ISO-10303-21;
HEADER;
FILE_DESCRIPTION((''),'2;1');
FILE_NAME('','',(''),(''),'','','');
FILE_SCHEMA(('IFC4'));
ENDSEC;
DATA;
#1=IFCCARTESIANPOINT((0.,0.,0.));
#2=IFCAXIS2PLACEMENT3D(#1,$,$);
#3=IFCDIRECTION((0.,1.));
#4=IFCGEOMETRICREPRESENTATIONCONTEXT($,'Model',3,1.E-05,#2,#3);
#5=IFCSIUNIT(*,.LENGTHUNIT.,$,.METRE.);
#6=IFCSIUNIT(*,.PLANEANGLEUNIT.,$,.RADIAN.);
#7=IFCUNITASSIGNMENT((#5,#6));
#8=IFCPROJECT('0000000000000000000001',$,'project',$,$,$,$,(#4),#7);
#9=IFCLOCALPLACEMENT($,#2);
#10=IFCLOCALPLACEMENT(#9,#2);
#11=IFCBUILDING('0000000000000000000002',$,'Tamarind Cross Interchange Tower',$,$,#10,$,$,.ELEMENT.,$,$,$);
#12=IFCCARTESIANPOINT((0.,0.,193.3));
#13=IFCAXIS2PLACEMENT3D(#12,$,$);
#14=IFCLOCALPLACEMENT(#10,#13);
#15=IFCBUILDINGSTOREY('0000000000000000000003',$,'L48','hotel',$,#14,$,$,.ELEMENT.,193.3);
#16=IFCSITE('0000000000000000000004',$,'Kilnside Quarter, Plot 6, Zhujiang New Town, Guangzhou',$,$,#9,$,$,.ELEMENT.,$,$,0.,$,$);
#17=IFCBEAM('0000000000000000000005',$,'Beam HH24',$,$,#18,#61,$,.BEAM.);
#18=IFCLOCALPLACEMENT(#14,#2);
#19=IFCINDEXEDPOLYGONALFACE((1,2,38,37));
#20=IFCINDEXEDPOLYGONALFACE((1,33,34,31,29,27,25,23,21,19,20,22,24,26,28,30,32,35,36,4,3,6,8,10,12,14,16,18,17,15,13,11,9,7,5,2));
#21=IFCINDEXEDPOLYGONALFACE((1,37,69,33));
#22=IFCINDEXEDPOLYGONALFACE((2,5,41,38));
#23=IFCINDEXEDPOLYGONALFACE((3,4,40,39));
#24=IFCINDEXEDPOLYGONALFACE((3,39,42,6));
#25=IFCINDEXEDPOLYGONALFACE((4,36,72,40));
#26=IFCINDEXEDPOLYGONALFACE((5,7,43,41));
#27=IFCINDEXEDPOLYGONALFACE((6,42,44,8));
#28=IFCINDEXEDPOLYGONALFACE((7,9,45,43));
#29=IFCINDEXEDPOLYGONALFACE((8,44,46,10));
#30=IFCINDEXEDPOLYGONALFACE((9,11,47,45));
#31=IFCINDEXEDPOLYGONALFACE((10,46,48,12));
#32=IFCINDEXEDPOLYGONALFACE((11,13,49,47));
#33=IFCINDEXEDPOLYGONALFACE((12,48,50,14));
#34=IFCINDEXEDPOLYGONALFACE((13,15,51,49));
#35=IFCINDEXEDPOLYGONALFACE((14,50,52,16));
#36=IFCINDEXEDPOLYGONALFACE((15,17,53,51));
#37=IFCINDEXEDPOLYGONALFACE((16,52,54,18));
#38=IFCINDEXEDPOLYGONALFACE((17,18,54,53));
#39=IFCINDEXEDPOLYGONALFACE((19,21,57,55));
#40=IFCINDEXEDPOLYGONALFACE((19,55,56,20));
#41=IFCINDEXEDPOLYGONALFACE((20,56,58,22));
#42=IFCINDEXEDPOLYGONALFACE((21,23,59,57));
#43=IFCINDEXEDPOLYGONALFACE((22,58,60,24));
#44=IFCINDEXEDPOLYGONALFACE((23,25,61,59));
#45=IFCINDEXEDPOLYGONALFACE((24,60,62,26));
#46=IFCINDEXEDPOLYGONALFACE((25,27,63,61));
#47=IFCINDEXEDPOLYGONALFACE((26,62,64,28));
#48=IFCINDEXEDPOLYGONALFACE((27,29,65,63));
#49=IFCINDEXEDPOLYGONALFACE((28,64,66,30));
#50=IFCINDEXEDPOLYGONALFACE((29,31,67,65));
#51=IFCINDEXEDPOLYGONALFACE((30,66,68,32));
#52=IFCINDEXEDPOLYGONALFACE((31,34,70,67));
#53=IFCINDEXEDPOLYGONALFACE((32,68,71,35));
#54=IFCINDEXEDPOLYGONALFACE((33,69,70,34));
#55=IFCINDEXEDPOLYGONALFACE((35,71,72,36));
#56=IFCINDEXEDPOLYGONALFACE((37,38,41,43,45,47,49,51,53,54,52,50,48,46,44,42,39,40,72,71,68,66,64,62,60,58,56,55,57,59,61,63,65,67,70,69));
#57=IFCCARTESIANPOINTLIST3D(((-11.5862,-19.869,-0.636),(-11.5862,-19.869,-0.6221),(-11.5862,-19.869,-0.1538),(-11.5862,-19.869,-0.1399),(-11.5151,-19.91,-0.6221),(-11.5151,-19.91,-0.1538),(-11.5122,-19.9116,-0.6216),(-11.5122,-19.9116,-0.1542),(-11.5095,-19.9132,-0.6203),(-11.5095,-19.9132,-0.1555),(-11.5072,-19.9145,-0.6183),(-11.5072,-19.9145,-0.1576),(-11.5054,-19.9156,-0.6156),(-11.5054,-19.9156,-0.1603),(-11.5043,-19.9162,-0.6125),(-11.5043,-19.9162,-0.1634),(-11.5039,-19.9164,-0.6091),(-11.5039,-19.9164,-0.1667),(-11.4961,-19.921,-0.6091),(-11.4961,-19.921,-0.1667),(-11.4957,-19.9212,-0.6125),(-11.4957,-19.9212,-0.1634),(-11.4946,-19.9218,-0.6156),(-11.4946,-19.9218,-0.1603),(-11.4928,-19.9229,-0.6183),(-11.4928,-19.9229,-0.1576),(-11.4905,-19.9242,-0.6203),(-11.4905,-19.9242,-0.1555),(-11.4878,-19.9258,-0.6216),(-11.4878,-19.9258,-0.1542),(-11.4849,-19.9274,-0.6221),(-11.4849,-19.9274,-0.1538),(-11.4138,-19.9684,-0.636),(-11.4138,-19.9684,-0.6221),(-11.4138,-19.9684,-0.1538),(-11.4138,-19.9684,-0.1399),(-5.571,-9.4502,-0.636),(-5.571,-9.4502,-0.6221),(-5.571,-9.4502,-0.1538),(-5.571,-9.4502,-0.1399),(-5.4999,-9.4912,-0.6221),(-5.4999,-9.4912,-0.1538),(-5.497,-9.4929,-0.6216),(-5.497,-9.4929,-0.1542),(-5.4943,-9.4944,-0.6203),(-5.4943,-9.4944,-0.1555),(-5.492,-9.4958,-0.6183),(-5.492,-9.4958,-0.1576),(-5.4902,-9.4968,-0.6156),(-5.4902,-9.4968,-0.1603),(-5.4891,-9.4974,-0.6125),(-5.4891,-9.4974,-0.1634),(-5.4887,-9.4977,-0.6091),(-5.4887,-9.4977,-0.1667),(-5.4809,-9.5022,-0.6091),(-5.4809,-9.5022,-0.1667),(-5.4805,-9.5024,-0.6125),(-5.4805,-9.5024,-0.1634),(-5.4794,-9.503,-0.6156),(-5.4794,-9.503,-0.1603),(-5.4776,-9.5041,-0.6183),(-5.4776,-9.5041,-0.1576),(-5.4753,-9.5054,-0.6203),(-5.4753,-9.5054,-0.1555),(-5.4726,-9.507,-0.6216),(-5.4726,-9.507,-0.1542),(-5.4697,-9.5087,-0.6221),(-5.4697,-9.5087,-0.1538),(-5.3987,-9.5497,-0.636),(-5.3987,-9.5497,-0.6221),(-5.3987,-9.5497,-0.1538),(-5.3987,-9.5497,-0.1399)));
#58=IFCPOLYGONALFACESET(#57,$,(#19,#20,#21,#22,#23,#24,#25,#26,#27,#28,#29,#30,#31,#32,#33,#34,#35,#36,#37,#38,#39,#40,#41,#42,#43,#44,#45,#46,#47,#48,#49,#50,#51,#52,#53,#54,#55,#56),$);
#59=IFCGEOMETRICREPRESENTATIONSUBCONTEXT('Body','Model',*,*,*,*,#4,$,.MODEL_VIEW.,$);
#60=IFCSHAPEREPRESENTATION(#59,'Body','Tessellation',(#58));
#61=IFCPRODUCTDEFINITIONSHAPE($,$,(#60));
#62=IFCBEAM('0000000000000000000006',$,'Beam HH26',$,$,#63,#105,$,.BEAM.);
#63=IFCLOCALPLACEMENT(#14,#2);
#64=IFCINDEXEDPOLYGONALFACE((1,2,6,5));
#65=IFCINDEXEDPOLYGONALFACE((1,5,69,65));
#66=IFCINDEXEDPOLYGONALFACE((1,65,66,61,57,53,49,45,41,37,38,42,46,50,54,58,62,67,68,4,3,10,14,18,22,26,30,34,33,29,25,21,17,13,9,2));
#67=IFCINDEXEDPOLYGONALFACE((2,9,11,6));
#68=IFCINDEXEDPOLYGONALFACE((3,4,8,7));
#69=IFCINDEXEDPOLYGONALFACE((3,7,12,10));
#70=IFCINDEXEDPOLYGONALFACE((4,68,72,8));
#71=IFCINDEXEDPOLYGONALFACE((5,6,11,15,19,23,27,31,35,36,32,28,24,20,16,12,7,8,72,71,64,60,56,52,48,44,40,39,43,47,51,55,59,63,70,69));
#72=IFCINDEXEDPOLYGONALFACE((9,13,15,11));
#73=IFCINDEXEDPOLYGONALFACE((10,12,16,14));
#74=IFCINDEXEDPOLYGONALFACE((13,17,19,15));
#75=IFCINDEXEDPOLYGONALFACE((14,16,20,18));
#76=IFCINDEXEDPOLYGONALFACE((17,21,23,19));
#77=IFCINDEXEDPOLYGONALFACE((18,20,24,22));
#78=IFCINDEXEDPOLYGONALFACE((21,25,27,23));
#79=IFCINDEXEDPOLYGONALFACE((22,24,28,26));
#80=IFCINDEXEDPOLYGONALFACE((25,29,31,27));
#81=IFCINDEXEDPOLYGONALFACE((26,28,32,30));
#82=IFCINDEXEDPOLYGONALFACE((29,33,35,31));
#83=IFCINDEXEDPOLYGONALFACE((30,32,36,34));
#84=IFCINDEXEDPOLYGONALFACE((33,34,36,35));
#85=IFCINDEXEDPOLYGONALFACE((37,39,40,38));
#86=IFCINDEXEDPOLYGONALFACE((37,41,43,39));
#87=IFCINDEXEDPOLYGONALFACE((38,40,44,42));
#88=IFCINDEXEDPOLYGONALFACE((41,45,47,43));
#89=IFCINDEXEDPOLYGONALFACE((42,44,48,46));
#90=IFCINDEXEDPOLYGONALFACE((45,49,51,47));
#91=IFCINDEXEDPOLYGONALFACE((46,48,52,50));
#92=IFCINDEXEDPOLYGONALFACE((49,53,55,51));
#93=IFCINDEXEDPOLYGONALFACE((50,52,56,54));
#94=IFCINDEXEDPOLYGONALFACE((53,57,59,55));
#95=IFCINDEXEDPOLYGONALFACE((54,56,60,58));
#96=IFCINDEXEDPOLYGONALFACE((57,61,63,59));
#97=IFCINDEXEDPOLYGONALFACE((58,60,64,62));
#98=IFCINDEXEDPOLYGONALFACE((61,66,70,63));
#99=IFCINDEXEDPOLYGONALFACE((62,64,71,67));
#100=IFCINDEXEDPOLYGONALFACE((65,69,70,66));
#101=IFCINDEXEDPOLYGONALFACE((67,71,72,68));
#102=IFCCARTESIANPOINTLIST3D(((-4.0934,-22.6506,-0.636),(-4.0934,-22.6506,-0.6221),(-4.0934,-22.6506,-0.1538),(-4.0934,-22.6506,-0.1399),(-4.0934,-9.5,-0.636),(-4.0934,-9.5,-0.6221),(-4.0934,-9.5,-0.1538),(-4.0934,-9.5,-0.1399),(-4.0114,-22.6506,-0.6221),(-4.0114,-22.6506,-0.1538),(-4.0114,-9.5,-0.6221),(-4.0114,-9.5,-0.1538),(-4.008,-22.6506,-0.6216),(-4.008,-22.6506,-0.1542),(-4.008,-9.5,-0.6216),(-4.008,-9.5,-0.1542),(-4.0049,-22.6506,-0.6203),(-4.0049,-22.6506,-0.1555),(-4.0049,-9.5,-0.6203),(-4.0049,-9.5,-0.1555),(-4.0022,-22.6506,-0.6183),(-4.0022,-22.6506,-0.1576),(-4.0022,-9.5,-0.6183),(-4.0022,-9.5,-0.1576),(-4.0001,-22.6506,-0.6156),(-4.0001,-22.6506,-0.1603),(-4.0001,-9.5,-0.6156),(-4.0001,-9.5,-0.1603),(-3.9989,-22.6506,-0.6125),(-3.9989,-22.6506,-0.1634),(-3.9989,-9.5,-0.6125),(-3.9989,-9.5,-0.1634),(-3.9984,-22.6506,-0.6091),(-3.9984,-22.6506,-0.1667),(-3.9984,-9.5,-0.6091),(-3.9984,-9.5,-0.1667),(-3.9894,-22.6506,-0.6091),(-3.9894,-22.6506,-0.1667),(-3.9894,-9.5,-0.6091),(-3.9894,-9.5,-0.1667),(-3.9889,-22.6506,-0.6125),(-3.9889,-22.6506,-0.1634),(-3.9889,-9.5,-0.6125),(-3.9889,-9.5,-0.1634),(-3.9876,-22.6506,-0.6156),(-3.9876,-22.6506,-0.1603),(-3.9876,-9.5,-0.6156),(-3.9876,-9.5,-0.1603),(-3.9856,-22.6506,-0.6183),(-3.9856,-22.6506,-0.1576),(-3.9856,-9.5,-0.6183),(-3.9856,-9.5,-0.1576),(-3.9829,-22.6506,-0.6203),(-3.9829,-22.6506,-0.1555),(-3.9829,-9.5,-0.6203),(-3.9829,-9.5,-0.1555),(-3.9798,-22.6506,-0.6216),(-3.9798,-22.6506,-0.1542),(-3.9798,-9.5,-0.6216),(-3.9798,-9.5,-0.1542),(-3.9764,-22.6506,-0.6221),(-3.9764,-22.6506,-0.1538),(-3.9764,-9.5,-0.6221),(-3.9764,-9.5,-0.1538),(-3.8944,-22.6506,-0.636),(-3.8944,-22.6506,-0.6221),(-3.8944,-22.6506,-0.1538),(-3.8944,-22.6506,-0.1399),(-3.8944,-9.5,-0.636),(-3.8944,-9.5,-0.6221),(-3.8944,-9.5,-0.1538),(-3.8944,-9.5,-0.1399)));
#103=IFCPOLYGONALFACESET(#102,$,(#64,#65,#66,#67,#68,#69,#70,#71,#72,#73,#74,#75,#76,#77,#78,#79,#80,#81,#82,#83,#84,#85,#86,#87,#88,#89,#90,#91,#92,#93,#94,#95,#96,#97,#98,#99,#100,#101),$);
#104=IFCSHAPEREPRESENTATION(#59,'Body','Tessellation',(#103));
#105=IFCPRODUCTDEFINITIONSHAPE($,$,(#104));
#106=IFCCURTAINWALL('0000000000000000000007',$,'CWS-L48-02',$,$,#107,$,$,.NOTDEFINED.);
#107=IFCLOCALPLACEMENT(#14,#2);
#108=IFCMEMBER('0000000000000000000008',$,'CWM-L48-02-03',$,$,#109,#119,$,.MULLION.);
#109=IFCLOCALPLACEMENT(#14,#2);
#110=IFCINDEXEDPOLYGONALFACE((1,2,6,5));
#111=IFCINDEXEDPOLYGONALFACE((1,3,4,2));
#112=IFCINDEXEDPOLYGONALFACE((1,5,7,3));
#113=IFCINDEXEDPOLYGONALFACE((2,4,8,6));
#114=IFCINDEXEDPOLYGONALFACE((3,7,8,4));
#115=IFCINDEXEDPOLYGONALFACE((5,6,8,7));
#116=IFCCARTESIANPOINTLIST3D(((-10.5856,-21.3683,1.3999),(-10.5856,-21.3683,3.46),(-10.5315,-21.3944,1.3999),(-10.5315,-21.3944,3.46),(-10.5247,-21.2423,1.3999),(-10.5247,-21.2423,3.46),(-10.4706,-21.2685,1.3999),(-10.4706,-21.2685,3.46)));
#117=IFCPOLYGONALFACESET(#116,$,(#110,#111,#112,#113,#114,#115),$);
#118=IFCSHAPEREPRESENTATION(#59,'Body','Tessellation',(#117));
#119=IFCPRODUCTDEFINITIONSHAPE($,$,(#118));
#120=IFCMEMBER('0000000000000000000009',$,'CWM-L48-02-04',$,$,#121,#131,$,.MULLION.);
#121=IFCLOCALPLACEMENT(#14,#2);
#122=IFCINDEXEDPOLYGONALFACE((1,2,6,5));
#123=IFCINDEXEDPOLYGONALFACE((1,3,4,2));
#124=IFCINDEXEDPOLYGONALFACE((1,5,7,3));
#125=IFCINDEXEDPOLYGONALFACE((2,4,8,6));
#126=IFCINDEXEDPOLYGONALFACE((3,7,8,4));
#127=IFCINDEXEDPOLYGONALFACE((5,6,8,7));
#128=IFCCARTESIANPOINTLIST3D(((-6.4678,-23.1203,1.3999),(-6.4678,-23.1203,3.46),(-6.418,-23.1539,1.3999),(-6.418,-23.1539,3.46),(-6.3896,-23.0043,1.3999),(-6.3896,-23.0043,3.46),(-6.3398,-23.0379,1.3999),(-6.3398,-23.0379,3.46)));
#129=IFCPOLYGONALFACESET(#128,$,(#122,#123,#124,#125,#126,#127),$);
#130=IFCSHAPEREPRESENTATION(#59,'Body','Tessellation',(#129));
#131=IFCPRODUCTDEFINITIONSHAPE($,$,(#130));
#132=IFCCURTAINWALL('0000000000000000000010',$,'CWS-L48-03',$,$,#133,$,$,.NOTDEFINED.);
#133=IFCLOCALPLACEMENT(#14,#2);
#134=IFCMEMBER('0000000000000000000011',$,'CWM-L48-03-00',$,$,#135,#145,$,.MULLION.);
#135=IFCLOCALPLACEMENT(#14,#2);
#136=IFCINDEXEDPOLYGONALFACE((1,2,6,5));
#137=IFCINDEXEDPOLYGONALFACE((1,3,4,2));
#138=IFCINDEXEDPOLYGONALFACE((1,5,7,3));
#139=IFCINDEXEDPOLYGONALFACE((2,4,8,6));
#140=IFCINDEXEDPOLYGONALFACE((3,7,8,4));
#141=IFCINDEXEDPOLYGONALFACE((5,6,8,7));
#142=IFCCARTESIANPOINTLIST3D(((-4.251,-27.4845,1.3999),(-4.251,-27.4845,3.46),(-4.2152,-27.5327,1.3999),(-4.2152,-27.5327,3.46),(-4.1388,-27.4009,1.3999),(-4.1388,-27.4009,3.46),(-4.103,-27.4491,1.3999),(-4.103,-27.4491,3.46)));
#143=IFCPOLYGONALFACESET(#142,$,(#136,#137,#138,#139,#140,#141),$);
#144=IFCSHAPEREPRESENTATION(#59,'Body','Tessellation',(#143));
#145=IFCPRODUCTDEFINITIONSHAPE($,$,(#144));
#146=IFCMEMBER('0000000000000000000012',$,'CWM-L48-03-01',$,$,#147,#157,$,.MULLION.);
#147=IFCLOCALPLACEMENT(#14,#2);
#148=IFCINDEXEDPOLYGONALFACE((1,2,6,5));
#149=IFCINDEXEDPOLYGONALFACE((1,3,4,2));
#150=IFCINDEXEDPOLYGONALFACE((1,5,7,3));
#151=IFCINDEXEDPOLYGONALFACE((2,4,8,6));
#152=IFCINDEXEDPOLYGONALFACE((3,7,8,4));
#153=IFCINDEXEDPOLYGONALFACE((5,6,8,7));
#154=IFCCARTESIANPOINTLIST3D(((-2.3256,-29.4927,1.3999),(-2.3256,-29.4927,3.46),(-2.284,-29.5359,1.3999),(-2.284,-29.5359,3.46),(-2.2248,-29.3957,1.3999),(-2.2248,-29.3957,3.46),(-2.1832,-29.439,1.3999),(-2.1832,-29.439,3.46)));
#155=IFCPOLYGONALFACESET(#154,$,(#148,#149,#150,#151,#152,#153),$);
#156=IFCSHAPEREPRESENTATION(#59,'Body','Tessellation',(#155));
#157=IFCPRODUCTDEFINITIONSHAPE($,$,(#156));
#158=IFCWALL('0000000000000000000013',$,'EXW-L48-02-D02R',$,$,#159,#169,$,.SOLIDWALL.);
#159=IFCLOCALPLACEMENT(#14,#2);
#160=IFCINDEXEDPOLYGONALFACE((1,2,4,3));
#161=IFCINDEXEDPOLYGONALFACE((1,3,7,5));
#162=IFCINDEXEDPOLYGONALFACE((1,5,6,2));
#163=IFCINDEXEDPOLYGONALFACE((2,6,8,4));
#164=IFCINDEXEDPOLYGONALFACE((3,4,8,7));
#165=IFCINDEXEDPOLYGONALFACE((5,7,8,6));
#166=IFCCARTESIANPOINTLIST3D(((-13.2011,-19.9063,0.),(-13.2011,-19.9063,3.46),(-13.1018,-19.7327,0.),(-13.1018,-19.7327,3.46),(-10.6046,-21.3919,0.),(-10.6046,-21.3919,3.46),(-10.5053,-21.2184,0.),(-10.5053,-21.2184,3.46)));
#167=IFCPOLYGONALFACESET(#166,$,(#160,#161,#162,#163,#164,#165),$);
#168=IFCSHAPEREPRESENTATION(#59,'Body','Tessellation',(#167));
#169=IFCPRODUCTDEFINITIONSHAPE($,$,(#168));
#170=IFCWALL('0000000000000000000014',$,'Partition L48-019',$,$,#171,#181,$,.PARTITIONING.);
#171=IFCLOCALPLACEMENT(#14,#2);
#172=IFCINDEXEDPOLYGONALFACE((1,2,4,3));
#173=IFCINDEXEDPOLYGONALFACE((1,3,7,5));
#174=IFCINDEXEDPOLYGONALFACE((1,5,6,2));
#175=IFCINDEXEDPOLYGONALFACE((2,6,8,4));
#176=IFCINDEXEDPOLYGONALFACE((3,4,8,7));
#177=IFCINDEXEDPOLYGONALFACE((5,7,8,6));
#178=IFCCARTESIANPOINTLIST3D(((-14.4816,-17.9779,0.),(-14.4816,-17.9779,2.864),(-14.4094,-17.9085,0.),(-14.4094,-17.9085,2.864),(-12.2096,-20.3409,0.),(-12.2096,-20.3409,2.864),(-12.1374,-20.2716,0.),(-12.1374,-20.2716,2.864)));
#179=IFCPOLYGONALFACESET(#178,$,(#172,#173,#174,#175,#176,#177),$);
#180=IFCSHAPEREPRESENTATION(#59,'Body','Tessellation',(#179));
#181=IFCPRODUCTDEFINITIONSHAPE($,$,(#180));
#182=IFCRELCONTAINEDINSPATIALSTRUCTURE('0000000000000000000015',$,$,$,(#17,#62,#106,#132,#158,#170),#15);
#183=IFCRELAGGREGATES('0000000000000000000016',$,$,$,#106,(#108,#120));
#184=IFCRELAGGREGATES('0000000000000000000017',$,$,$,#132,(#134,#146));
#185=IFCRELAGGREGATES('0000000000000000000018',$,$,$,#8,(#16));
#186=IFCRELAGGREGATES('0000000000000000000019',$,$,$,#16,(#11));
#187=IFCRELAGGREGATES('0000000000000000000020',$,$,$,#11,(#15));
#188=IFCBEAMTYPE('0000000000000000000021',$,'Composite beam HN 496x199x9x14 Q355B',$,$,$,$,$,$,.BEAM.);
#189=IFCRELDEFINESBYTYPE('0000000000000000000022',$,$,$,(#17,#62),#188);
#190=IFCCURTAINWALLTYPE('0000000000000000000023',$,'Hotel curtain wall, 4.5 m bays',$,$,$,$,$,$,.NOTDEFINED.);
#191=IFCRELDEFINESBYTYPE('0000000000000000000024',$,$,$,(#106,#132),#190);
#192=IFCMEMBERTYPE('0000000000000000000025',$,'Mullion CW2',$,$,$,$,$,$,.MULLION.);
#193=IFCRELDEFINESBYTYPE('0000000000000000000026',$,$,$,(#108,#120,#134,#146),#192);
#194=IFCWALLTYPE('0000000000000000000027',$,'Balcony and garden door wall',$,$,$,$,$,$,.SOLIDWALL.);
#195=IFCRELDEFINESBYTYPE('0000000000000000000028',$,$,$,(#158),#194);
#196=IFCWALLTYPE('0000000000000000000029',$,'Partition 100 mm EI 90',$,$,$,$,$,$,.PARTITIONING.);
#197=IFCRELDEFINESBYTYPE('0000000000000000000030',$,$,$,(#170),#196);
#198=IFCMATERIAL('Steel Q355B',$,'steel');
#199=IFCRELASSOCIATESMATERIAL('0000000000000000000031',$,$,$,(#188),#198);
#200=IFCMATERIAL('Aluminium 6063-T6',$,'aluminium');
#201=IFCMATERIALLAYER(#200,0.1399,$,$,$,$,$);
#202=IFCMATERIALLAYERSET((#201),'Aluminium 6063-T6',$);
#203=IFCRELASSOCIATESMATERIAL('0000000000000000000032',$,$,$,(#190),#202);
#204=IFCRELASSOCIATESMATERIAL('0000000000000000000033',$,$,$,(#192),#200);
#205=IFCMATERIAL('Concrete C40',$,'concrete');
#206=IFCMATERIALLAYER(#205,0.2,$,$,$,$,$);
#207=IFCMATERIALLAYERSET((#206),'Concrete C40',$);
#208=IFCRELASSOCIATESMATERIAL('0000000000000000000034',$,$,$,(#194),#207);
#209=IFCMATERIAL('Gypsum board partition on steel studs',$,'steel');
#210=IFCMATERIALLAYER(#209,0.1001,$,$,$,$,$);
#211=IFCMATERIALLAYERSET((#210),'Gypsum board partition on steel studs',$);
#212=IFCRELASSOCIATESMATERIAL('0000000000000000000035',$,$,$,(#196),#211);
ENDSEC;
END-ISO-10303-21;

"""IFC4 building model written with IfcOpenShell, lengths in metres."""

from ifc_helpers import new_model, si_unit, direction, frame, frame_2d, origin, origin_2d, place, context, subcontext, project, spatial, rectangle, i_section, extrude, material, layer, layer_set, material_profile, profile_set, type_object, element, aggregate, save


model = new_model("IFC4")

# Units and contexts
model_context = context("Model", 3, precision=1e-05, world=origin(), true_north=direction((0.0, 1.0)))
body_context = subcontext(model_context, "Body", "Model", "MODEL_VIEW")
ifc_project = project(units=[si_unit("LENGTHUNIT", "METRE"), si_unit("PLANEANGLEUNIT", "RADIAN")], contexts=[model_context])

# Site, building, storey
site_placement = place(None, origin())
site = spatial("IfcSite", under=ifc_project, at=site_placement, Name="Kilnside Quarter, Plot 6, Zhujiang New Town, Guangzhou", CompositionType="ELEMENT", RefElevation=0.0)
building_placement = place(site_placement, origin())
building = spatial("IfcBuilding", under=site, at=building_placement, Name="Tamarind Cross Interchange Tower", CompositionType="ELEMENT")
storey_placement = place(building_placement, frame((0.0, 0.0, 193.3)))
storey = spatial("IfcBuildingStorey", under=building, at=storey_placement, Name="L48", Description="hotel", CompositionType="ELEMENT", Elevation=193.3)

# Beams
ifc_material_1 = material(Name="Steel Q355B", Category="steel")
ifc_material_profile_1 = material_profile(ifc_material_1, i_section(OverallWidth=0.199, OverallDepth=0.4961, WebThickness=0.009, FlangeThickness=0.0139, FilletRadius=0.0129, at=origin_2d()), Name="HN 496x199x9x14")
ifc_profile_set_1 = profile_set([ifc_material_profile_1], Name="Steel Q355B")
beam_type = type_object("IfcBeamType", Name="Composite beam HN 496x199x9x14 Q355B", PredefinedType="BEAM", material=ifc_profile_set_1)
beam_1_placement = place(storey_placement, frame((-11.5, -19.9187, -0.3879), z_axis=(0.499994, 0.866029, 0.0), x_axis=(-0.866029, 0.499994, 0.0)))
element("IfcBeam", 1, at=beam_1_placement, inside=storey, type_object=beam_type, Name="Beam HH24", PredefinedType="BEAM", context=body_context, shape_type="SweptSolid", body=[
    extrude(i_section(OverallWidth=0.199, OverallDepth=0.4961, WebThickness=0.009, FlangeThickness=0.0139, FilletRadius=0.0129, at=origin_2d()), origin(), (0.0, 0.0, 1.0), 12.0305),
])
beam_2_placement = place(storey_placement, frame((-3.9939, -22.6506, -0.3879), z_axis=(0.0, 1.0, 0.0), x_axis=(-1.0, 0.0, 0.0)))
element("IfcBeam", 2, at=beam_2_placement, inside=storey, type_object=beam_type, Name="Beam HH26", PredefinedType="BEAM", context=body_context, shape_type="SweptSolid", body=[
    extrude(i_section(OverallWidth=0.199, OverallDepth=0.4961, WebThickness=0.009, FlangeThickness=0.0139, FilletRadius=0.0129, at=origin_2d()), origin(), (0.0, 0.0, 1.0), 13.1506),
])

# Curtain walls, members
ifc_material_2 = material(Name="Aluminium 6063-T6", Category="aluminium")
ifc_layer_1 = layer(ifc_material_2, 0.1399)
ifc_layer_set_1 = layer_set([ifc_layer_1], Name="Aluminium 6063-T6")
curtain_wall_type = type_object("IfcCurtainWallType", Name="Hotel curtain wall, 4.5 m bays", PredefinedType="NOTDEFINED", material=ifc_layer_set_1)
curtain_wall_1_placement = place(storey_placement, origin())
curtain_wall_1 = element("IfcCurtainWall", 3, at=curtain_wall_1_placement, inside=storey, type_object=curtain_wall_type, Name="CWS-L48-02", PredefinedType="NOTDEFINED")
ifc_material_profile_2 = material_profile(ifc_material_2, rectangle(XDim=0.0601, YDim=0.1399, at=origin_2d()), Name="Mullion CW2")
ifc_profile_set_2 = profile_set([ifc_material_profile_2], Name="Aluminium 6063-T6")
member_type = type_object("IfcMemberType", Name="Mullion CW2", PredefinedType="MULLION", material=ifc_profile_set_2)
member_1_placement = place(storey_placement, frame((-10.5281, -21.3184, 1.3999), z_axis=(0.0, 0.0, 1.0), x_axis=(0.900273, -0.435326, 0.0)))
member_1 = element("IfcMember", 4, at=member_1_placement, type_object=member_type, Name="CWM-L48-02-03", PredefinedType="MULLION", context=body_context, shape_type="SweptSolid", body=[
    extrude(rectangle(XDim=0.0601, YDim=0.1399, at=origin_2d()), origin(), (0.0, 0.0, 1.0), 2.0601),
])
member_2_placement = place(storey_placement, frame((-6.4038, -23.0791, 1.3999), z_axis=(0.0, 0.0, 1.0), x_axis=(0.829016, -0.559225, 0.0)))
member_2 = element("IfcMember", 5, at=member_2_placement, type_object=member_type, Name="CWM-L48-02-04", PredefinedType="MULLION", context=body_context, shape_type="SweptSolid", body=[
    extrude(rectangle(XDim=0.0601, YDim=0.1399, at=origin_2d()), origin(), (0.0, 0.0, 1.0), 2.0601),
])
aggregate(curtain_wall_1, [member_1, member_2])
curtain_wall_2_placement = place(storey_placement, origin())
curtain_wall_2 = element("IfcCurtainWall", 6, at=curtain_wall_2_placement, inside=storey, type_object=curtain_wall_type, Name="CWS-L48-03", PredefinedType="NOTDEFINED")
member_3_placement = place(storey_placement, frame((-4.177, -27.4668, 1.3999), z_axis=(0.0, 0.0, 1.0), x_axis=(0.597408, -0.801937, 0.0)))
member_3 = element("IfcMember", 7, at=member_3_placement, type_object=member_type, Name="CWM-L48-03-00", PredefinedType="MULLION", context=body_context, shape_type="SweptSolid", body=[
    extrude(rectangle(XDim=0.0601, YDim=0.1399, at=origin_2d()), origin(), (0.0, 0.0, 1.0), 2.0601),
])
member_4_placement = place(storey_placement, frame((-2.2544, -29.4658, 1.3999), z_axis=(0.0, 0.0, 1.0), x_axis=(0.69317, -0.720774, 0.0)))
member_4 = element("IfcMember", 8, at=member_4_placement, type_object=member_type, Name="CWM-L48-03-01", PredefinedType="MULLION", context=body_context, shape_type="SweptSolid", body=[
    extrude(rectangle(XDim=0.0601, YDim=0.1399, at=origin_2d()), origin(), (0.0, 0.0, 1.0), 2.0601),
])
aggregate(curtain_wall_2, [member_3, member_4])

# Wall
ifc_material_3 = material(Name="Concrete C40", Category="concrete")
ifc_layer_2 = layer(ifc_material_3, 0.2)
ifc_layer_set_2 = layer_set([ifc_layer_2], Name="Concrete C40")
wall_type_1 = type_object("IfcWallType", Name="Balcony and garden door wall", PredefinedType="SOLIDWALL", material=ifc_layer_set_2)
wall_1_placement = place(storey_placement, frame((-13.1514, -19.8196, 0.0), z_axis=(0.0, 0.0, 1.0), x_axis=(0.867967, -0.496622, 0.0)))
element("IfcWall", 9, at=wall_1_placement, inside=storey, type_object=wall_type_1, Name="EXW-L48-02-D02R", PredefinedType="SOLIDWALL", context=body_context, shape_type="SweptSolid", body=[
    extrude(rectangle(XDim=2.9915, YDim=0.2, at=frame_2d((1.4956, 0.0))), origin(), (0.0, 0.0, 1.0), 3.46),
])

# Wall
ifc_material_4 = material(Name="Gypsum board partition on steel studs", Category="steel")
ifc_layer_3 = layer(ifc_material_4, 0.1001)
ifc_layer_set_3 = layer_set([ifc_layer_3], Name="Gypsum board partition on steel studs")
wall_type_2 = type_object("IfcWallType", Name="Partition 100 mm EI 90", PredefinedType="PARTITIONING", material=ifc_layer_set_3)
wall_2_placement = place(storey_placement, frame((-14.4456, -17.9431, 0.0), z_axis=(0.0, 0.0, 1.0), x_axis=(0.69308, -0.72086, 0.0)))
element("IfcWall", 10, at=wall_2_placement, inside=storey, type_object=wall_type_2, Name="Partition L48-019", PredefinedType="PARTITIONING", context=body_context, shape_type="SweptSolid", body=[
    extrude(rectangle(XDim=3.2781, YDim=0.1001, at=frame_2d((1.6392, 0.0))), origin(), (0.0, 0.0, 1.0), 2.864),
])

save(model, "model.ifc")
